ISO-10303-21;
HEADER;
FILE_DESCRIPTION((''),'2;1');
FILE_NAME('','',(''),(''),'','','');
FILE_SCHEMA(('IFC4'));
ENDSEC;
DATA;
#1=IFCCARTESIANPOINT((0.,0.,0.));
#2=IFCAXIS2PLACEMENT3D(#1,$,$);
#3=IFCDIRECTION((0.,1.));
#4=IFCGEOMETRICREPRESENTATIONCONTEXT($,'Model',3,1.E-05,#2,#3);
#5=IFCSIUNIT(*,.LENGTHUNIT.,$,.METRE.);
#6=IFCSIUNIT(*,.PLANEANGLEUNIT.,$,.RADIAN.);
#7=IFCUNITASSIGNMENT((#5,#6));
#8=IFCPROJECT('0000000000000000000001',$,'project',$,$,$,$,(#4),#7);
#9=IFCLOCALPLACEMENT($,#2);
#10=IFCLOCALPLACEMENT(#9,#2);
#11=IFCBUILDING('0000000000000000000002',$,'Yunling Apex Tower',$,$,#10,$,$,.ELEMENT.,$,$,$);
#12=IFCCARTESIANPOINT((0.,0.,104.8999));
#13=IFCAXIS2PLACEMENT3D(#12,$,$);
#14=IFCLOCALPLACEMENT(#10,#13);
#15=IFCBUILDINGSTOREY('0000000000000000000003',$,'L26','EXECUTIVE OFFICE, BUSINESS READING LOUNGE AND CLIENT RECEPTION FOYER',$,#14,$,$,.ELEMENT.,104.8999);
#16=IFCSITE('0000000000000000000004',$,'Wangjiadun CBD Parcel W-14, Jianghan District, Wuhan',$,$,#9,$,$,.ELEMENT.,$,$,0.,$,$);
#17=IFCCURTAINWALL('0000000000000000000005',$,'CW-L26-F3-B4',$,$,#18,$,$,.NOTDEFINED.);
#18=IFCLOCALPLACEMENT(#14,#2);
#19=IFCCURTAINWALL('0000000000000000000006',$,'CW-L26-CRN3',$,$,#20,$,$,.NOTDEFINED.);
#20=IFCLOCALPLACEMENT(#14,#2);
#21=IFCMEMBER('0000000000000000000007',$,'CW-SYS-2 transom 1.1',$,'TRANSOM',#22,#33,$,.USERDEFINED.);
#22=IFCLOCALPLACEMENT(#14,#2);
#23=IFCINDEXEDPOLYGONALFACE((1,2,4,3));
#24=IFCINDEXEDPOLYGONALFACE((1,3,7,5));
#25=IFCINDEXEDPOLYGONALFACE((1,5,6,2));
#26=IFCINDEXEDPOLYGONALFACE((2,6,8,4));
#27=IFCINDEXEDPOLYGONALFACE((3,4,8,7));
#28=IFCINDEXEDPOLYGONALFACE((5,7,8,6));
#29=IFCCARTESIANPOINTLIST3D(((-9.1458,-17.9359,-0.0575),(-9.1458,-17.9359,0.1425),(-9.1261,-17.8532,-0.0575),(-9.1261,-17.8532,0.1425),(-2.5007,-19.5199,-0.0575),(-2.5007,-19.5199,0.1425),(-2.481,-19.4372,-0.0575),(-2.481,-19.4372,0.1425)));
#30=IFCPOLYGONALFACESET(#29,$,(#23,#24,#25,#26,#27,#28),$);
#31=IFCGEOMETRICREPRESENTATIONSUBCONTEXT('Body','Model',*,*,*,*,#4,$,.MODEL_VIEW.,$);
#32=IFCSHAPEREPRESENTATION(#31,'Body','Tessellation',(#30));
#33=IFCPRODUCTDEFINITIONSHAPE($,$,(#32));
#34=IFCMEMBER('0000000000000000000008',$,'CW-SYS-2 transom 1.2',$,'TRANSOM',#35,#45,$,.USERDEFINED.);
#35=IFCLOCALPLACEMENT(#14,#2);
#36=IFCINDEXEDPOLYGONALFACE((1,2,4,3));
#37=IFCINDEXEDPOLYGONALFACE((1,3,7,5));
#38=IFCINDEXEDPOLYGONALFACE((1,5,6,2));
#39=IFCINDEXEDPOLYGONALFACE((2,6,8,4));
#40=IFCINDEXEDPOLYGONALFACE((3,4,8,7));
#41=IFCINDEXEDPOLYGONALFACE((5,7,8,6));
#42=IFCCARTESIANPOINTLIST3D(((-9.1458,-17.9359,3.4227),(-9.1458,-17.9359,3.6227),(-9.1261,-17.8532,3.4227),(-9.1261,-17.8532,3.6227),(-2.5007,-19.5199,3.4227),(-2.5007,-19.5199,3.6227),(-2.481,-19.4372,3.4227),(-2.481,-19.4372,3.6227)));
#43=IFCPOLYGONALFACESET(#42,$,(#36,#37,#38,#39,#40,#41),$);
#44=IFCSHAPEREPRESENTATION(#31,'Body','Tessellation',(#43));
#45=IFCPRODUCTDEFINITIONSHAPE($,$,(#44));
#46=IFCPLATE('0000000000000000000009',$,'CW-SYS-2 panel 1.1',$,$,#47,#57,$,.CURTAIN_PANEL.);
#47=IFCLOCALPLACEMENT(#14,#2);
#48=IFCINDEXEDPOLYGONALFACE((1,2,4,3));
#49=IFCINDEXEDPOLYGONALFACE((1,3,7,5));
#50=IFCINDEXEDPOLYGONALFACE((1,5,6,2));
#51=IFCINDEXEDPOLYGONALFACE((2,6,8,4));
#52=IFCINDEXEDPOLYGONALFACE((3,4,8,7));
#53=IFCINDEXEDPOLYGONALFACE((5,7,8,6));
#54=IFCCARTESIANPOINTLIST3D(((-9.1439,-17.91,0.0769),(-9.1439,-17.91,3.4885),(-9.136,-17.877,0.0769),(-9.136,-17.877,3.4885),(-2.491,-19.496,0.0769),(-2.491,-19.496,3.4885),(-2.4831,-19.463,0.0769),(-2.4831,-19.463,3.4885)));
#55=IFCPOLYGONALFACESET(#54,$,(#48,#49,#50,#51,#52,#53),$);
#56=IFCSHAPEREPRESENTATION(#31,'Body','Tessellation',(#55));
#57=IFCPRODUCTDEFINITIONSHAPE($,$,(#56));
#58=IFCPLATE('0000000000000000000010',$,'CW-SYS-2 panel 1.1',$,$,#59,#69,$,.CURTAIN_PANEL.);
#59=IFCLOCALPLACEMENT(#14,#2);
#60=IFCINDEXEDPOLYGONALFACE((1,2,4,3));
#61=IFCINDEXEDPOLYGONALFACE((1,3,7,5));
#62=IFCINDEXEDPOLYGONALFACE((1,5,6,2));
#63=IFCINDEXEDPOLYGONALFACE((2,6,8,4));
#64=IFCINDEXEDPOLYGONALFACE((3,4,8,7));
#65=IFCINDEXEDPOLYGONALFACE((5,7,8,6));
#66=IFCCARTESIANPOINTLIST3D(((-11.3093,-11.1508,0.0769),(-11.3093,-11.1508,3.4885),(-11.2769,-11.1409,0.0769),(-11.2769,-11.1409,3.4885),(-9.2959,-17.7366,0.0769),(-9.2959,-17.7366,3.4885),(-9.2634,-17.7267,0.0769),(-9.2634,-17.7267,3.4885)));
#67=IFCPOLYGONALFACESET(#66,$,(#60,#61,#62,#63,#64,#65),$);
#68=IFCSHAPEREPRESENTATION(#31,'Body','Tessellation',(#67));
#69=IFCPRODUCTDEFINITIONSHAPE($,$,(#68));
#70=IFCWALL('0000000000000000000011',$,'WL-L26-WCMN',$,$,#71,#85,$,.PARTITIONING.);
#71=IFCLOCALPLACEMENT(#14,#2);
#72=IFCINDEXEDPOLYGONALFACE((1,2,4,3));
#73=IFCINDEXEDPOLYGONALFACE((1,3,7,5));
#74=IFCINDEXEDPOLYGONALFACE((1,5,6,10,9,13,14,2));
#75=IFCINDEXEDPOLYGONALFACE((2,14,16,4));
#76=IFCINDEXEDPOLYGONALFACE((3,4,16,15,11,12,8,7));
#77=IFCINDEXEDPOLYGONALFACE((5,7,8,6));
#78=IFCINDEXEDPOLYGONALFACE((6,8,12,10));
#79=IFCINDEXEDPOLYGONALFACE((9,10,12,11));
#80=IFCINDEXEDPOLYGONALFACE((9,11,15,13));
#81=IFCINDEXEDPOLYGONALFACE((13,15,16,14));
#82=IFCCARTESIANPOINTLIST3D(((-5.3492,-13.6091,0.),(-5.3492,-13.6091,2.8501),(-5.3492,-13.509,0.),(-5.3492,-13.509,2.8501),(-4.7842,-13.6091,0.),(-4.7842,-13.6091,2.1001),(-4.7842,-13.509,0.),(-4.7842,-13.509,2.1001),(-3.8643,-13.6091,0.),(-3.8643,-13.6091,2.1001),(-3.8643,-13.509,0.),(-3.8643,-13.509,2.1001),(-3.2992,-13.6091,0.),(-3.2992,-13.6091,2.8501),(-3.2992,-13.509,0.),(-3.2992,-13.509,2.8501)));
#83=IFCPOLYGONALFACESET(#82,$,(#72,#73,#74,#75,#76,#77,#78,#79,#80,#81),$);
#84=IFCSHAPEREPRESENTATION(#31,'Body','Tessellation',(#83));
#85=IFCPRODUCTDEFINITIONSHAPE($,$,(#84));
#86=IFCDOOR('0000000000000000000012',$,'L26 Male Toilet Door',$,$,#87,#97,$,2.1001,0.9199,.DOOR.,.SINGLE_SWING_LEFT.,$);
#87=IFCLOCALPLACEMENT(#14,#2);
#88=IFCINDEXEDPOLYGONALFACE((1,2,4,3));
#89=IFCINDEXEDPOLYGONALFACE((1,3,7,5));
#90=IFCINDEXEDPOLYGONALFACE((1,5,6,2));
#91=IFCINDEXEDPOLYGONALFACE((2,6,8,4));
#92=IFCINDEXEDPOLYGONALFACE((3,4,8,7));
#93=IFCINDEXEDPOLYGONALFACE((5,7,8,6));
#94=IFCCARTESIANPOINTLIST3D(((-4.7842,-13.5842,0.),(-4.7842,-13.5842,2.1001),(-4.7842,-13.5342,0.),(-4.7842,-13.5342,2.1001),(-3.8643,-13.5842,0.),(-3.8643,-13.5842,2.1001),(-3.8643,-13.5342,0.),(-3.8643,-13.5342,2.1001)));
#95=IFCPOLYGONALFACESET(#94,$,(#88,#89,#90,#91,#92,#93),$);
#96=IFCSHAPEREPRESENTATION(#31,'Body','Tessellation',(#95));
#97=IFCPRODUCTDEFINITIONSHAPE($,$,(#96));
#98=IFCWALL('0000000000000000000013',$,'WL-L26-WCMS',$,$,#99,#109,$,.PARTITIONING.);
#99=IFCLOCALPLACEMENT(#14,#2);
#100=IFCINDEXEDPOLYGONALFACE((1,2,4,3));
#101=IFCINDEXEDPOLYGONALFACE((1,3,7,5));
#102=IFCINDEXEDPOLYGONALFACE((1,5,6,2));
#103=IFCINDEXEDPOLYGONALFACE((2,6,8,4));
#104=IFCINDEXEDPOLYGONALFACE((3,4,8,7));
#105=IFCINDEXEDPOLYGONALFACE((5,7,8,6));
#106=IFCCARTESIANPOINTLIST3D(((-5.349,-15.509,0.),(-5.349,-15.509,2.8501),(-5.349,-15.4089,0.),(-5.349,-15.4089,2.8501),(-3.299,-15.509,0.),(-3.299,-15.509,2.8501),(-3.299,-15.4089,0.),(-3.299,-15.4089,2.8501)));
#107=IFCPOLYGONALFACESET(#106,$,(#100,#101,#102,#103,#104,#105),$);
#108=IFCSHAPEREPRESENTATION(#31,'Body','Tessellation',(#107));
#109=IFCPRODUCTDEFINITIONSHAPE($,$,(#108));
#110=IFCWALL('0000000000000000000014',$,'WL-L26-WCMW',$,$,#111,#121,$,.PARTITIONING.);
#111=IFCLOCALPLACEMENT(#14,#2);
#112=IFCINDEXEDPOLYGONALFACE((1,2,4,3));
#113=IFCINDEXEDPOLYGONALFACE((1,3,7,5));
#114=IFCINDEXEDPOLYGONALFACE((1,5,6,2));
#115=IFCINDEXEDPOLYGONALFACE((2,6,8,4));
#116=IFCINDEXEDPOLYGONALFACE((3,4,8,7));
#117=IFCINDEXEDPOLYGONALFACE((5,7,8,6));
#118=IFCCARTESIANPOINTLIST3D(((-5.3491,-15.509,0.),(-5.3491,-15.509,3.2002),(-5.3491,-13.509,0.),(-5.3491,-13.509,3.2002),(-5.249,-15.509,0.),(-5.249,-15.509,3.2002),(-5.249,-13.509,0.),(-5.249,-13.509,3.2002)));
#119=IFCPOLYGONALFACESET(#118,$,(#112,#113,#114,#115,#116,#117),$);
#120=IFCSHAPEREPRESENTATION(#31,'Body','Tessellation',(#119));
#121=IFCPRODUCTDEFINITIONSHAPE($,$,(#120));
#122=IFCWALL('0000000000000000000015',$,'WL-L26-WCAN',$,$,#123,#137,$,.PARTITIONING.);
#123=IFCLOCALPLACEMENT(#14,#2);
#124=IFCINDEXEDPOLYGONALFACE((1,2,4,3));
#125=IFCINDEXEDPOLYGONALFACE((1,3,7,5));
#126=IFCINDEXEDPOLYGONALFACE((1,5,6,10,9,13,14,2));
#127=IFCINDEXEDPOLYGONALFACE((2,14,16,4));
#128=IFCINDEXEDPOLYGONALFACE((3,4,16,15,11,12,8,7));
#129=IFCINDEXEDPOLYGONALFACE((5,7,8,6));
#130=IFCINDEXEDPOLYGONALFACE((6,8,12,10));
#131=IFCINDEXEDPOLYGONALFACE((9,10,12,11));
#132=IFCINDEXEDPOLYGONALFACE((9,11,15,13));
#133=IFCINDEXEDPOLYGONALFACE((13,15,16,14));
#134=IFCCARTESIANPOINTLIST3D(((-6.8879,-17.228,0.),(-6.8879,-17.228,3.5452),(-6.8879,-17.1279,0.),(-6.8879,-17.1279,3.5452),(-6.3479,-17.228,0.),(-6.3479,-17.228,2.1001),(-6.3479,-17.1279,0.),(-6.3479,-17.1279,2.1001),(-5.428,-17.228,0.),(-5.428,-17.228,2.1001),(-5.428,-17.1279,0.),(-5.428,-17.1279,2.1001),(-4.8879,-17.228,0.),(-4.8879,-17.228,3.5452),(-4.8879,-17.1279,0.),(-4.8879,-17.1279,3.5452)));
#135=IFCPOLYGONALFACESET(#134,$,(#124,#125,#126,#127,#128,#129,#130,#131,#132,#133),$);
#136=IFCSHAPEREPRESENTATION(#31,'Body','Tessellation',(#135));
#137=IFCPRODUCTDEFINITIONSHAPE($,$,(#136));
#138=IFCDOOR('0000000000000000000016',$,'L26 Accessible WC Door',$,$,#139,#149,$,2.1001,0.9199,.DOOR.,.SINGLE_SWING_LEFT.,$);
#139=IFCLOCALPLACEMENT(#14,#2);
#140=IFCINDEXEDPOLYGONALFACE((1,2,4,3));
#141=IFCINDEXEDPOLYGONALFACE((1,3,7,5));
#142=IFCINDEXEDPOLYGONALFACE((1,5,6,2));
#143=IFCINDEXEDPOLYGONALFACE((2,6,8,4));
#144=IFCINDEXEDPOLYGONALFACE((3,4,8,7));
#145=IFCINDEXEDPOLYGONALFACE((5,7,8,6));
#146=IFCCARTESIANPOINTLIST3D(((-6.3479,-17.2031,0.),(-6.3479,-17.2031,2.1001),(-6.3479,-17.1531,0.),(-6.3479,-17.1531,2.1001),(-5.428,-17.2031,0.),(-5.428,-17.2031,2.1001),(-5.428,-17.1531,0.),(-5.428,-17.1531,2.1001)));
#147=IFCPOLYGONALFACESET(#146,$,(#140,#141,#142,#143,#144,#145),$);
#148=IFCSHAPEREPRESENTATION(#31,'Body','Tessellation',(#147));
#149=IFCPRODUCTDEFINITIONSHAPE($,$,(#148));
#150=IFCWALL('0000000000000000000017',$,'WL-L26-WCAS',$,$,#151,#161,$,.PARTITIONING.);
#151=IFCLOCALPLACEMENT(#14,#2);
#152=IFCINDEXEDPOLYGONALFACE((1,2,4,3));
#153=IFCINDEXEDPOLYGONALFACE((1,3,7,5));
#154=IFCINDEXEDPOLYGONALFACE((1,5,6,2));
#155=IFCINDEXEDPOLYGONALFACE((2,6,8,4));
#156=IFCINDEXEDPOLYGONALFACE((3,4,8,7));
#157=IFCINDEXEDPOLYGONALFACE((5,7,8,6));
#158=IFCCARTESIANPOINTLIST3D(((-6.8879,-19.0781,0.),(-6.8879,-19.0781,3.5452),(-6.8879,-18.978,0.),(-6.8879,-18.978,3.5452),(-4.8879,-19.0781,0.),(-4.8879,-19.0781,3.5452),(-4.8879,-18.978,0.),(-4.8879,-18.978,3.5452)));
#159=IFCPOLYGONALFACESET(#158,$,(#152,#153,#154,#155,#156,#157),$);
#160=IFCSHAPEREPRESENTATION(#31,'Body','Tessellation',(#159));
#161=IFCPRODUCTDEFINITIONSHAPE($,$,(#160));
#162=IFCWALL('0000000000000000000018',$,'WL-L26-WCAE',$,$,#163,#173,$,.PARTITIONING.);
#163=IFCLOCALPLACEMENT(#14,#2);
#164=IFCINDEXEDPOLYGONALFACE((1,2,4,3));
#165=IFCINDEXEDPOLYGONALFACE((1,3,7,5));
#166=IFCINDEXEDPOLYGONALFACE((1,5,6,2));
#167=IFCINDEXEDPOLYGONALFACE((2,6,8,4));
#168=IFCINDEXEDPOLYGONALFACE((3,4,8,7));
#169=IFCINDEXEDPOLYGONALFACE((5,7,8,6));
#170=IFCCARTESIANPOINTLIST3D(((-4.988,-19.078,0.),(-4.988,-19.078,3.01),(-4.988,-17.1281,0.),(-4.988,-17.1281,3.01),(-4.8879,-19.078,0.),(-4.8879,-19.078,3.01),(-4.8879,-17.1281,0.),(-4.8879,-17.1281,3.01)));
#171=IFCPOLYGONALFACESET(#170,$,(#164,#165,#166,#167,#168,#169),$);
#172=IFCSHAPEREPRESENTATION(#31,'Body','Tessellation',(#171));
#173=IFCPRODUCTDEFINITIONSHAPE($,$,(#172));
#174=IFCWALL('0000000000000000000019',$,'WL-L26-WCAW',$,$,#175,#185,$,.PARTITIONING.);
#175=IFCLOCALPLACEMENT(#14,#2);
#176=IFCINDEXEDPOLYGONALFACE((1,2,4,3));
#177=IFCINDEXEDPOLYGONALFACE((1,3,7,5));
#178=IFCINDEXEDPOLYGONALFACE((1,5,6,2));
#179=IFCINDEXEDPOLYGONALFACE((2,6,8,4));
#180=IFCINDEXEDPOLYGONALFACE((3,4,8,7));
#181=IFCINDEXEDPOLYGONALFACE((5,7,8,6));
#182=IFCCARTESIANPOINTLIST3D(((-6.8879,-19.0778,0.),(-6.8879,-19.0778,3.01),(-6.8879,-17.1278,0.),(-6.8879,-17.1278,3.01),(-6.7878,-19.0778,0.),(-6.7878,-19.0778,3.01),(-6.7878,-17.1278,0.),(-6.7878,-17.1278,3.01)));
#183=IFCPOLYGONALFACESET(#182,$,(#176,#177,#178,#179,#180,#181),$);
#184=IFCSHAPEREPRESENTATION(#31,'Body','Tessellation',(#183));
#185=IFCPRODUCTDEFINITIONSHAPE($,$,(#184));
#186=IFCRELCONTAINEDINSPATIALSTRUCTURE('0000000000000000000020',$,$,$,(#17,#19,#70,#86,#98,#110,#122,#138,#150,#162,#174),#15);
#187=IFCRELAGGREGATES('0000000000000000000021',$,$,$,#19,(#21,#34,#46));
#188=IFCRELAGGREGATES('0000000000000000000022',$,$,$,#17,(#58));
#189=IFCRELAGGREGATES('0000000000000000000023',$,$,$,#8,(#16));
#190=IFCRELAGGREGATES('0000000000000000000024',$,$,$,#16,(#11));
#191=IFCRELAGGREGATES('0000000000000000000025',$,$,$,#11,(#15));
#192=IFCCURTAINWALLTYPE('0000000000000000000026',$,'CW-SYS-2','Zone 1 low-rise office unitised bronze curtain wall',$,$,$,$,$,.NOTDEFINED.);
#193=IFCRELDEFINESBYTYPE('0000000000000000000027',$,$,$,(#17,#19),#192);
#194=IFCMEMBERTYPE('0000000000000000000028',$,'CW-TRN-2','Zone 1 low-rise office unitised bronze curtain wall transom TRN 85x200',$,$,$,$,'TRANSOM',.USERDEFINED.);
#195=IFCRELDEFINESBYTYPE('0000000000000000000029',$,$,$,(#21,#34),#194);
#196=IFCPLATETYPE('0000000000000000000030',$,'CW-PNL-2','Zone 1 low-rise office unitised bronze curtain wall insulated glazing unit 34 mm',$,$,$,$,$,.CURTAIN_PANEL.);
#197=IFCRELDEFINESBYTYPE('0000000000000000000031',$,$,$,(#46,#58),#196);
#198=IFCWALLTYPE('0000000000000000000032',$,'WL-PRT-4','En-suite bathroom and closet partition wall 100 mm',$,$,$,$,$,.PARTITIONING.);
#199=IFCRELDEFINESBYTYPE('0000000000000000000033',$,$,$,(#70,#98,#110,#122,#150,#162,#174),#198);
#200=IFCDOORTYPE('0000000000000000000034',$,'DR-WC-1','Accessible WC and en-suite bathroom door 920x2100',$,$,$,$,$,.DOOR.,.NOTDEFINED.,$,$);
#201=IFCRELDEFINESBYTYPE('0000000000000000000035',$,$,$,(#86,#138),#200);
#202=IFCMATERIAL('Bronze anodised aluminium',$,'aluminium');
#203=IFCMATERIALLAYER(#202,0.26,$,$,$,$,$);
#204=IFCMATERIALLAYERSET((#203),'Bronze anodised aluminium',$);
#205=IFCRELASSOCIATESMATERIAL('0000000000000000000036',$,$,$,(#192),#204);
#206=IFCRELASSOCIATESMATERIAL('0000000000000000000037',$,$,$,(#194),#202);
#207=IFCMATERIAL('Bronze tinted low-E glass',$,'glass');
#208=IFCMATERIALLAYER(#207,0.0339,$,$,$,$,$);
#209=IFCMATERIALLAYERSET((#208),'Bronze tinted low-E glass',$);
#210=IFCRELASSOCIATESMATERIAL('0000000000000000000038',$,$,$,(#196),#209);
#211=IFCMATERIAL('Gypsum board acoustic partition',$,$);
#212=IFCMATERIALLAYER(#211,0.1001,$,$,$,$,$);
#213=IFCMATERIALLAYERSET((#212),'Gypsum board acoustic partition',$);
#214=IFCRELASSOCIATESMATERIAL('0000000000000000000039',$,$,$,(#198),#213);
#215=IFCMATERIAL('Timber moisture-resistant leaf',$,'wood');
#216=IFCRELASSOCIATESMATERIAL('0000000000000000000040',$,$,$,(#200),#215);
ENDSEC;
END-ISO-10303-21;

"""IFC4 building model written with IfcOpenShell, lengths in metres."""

from ifc_helpers import new_model, si_unit, direction, frame, frame_2d, origin, origin_2d, place, context, subcontext, project, spatial, rectangle, extrude, source, transform, mapped, material, layer, layer_set, material_profile, profile_set, type_object, element, fill, aggregate, save


model = new_model("IFC4")

# Units and contexts
model_context = context("Model", 3, precision=1e-05, world=origin(), true_north=direction((0.0, 1.0)))
body_context = subcontext(model_context, "Body", "Model", "MODEL_VIEW")
ifc_project = project(units=[si_unit("LENGTHUNIT", "METRE"), si_unit("PLANEANGLEUNIT", "RADIAN")], contexts=[model_context])

# Site, building, storey
site_placement = place(None, origin())
site = spatial("IfcSite", under=ifc_project, at=site_placement, Name="Wangjiadun CBD Parcel W-14, Jianghan District, Wuhan", CompositionType="ELEMENT", RefElevation=0.0)
building_placement = place(site_placement, origin())
building = spatial("IfcBuilding", under=site, at=building_placement, Name="Yunling Apex Tower", CompositionType="ELEMENT")
storey_placement = place(building_placement, frame((0.0, 0.0, 104.8999)))
storey = spatial("IfcBuildingStorey", under=building, at=storey_placement, Name="L26", Description="EXECUTIVE OFFICE, BUSINESS READING LOUNGE AND CLIENT RECEPTION FOYER", CompositionType="ELEMENT", Elevation=104.8999)

# Curtain wall
ifc_material_1 = material(Name="Bronze anodised aluminium", Category="aluminium")
ifc_layer_1 = layer(ifc_material_1, 0.26)
ifc_layer_set_1 = layer_set([ifc_layer_1], Name="Bronze anodised aluminium")
curtain_wall_type = type_object("IfcCurtainWallType", Name="CW-SYS-2", Description="Zone 1 low-rise office unitised bronze curtain wall", PredefinedType="NOTDEFINED", material=ifc_layer_set_1)
curtain_wall_1_placement = place(storey_placement, origin())
curtain_wall_1 = element("IfcCurtainWall", 1, at=curtain_wall_1_placement, inside=storey, type_object=curtain_wall_type, Name="CW-L26-F3-B4", PredefinedType="NOTDEFINED")

# Curtain wall, members, plate
curtain_wall_2_placement = place(storey_placement, origin())
curtain_wall_2 = element("IfcCurtainWall", 2, at=curtain_wall_2_placement, inside=storey, type_object=curtain_wall_type, Name="CW-L26-CRN3", PredefinedType="NOTDEFINED")
ifc_material_profile_1 = material_profile(ifc_material_1, rectangle(XDim=0.085, YDim=0.2, at=origin_2d()))
ifc_profile_set_1 = profile_set([ifc_material_profile_1], Name="Bronze anodised aluminium")
member_type_1 = type_object("IfcMemberType", Name="CW-TRN-2", Description="Zone 1 low-rise office unitised bronze curtain wall transom TRN 85x200", ElementType="TRANSOM", PredefinedType="USERDEFINED", material=ifc_profile_set_1)
shared_shape_1 = source(origin(), body_context, "Body", "SweptSolid", [
    extrude(rectangle(XDim=0.085, YDim=0.2, at=origin_2d()), origin(), (0.0, 0.0, 1.0), 6.8313),
])
member_1_placement = place(storey_placement, frame((-9.136, -17.8945, 0.0425), z_axis=(0.972746, -0.231875, 0.0), x_axis=(0.231875, 0.972746, 0.0)))
member_1 = element("IfcMember", 3, at=member_1_placement, type_object=member_type_1, Name="CW-SYS-2 transom 1.1", ObjectType="TRANSOM", PredefinedType="USERDEFINED", context=body_context, shape_type="MappedRepresentation", body=[
    mapped(shared_shape_1, transform((0.0, 0.0, 0.0), scale=1.0)),
])
member_2_placement = place(storey_placement, frame((-9.136, -17.8945, 3.5227), z_axis=(0.972746, -0.231875, 0.0), x_axis=(0.231875, 0.972746, 0.0)))
member_2 = element("IfcMember", 4, at=member_2_placement, type_object=member_type_1, Name="CW-SYS-2 transom 1.2", ObjectType="TRANSOM", PredefinedType="USERDEFINED", context=body_context, shape_type="MappedRepresentation", body=[
    mapped(shared_shape_1, transform((0.0, 0.0, 0.0), scale=1.0)),
])
ifc_material_2 = material(Name="Bronze tinted low-E glass", Category="glass")
ifc_layer_2 = layer(ifc_material_2, 0.0339)
ifc_layer_set_2 = layer_set([ifc_layer_2], Name="Bronze tinted low-E glass")
plate_type = type_object("IfcPlateType", Name="CW-PNL-2", Description="Zone 1 low-rise office unitised bronze curtain wall insulated glazing unit 34 mm", PredefinedType="CURTAIN_PANEL", material=ifc_layer_set_2)
shared_shape_2 = source(origin(), body_context, "Body", "SweptSolid", [
    extrude(rectangle(XDim=6.8394, YDim=0.0339, at=origin_2d()), origin(), (0.0, 0.0, 1.0), 3.4116),
])
plate_1_placement = place(storey_placement, frame((-5.8135, -18.6865, 0.0769), z_axis=(0.0, 0.0, 1.0), x_axis=(0.972741, -0.231895, 0.0)))
plate_1 = element("IfcPlate", 5, at=plate_1_placement, type_object=plate_type, Name="CW-SYS-2 panel 1.1", PredefinedType="CURTAIN_PANEL", context=body_context, shape_type="MappedRepresentation", body=[
    mapped(shared_shape_2, transform((0.0, 0.0, 0.0), scale=1.0)),
])
aggregate(curtain_wall_2, [member_1, member_2, plate_1])

# Plate
shared_shape_3 = source(origin(), body_context, "Body", "SweptSolid", [
    extrude(rectangle(XDim=6.8867, YDim=0.0339, at=origin_2d()), origin(), (0.0, 0.0, 1.0), 3.4116),
])
plate_2_placement = place(storey_placement, frame((-10.2864, -14.4387, 0.0769), z_axis=(0.0, 0.0, 1.0), x_axis=(0.292373, -0.956304, 0.0)))
plate_2 = element("IfcPlate", 6, at=plate_2_placement, type_object=plate_type, Name="CW-SYS-2 panel 1.1", PredefinedType="CURTAIN_PANEL", context=body_context, shape_type="MappedRepresentation", body=[
    mapped(shared_shape_3, transform((0.0, 0.0, 0.0), scale=1.0)),
])
aggregate(curtain_wall_1, [plate_2])

# Wall, opening, door
ifc_material_3 = material(Name="Gypsum board acoustic partition")
ifc_layer_3 = layer(ifc_material_3, 0.1001)
ifc_layer_set_3 = layer_set([ifc_layer_3], Name="Gypsum board acoustic partition")
wall_type = type_object("IfcWallType", Name="WL-PRT-4", Description="En-suite bathroom and closet partition wall 100 mm", PredefinedType="PARTITIONING", material=ifc_layer_set_3)
wall_1_placement = place(storey_placement, frame((-5.3491, -13.5591, 0.0), z_axis=(0.0, 0.0, 1.0), x_axis=(1.0, 0.0, 0.0)))
wall_1 = element("IfcWall", 7, at=wall_1_placement, inside=storey, type_object=wall_type, Name="WL-L26-WCMN", PredefinedType="PARTITIONING", context=body_context, shape_type="SweptSolid", body=[
    extrude(rectangle(XDim=2.05, YDim=0.1001, at=frame_2d((1.0249, 0.0))), origin(), (0.0, 0.0, 1.0), 2.8501),
])
opening_1_placement = place(wall_1_placement, frame((0.5649, 0.0, 0.0)))
opening_1 = element("IfcOpeningElement", 8, at=opening_1_placement, cuts=wall_1, PredefinedType="OPENING", context=body_context, shape_type="SweptSolid", body=[
    extrude(rectangle(XDim=0.9199, YDim=2.1001, at=frame_2d((0.46, 1.05))), frame((0.0, 0.0601, 0.0), z_axis=(0.0, -1.0, 0.0), x_axis=(1.0, 0.0, 0.0)), (0.0, 0.0, 1.0), 0.1201),
])
ifc_material_4 = material(Name="Timber moisture-resistant leaf", Category="wood")
door_type = type_object("IfcDoorType", Name="DR-WC-1", Description="Accessible WC and en-suite bathroom door 920x2100", OperationType="NOTDEFINED", PredefinedType="DOOR", material=ifc_material_4)
door_1_placement = place(opening_1_placement, origin())
door_1 = element("IfcDoor", 9, at=door_1_placement, inside=storey, type_object=door_type, Name="L26 Male Toilet Door", OperationType="SINGLE_SWING_LEFT", OverallHeight=2.1001, OverallWidth=0.9199, PredefinedType="DOOR", context=body_context, shape_type="SweptSolid", body=[
    extrude(rectangle(XDim=0.9199, YDim=2.1001, at=frame_2d((0.46, 1.05))), frame((0.0, 0.0249, 0.0), z_axis=(0.0, -1.0, 0.0), x_axis=(1.0, 0.0, 0.0)), (0.0, 0.0, 1.0), 0.05),
])
fill(opening_1, door_1)

# Walls
wall_2_placement = place(storey_placement, frame((-3.2991, -15.459, 0.0), z_axis=(0.0, 0.0, 1.0), x_axis=(-1.0, 0.0, 0.0)))
element("IfcWall", 10, at=wall_2_placement, inside=storey, type_object=wall_type, Name="WL-L26-WCMS", PredefinedType="PARTITIONING", context=body_context, shape_type="SweptSolid", body=[
    extrude(rectangle(XDim=2.05, YDim=0.1001, at=frame_2d((1.0249, 0.0))), origin(), (0.0, 0.0, 1.0), 2.8501),
])
wall_3_placement = place(storey_placement, frame((-5.2991, -15.509, 0.0), z_axis=(0.0, 0.0, 1.0), x_axis=(0.0, 1.0, 0.0)))
element("IfcWall", 11, at=wall_3_placement, inside=storey, type_object=wall_type, Name="WL-L26-WCMW", PredefinedType="PARTITIONING", context=body_context, shape_type="SweptSolid", body=[
    extrude(rectangle(XDim=2.0, YDim=0.1001, at=frame_2d((1.0, 0.0))), origin(), (0.0, 0.0, 1.0), 3.2002),
])

# Wall, opening, door
wall_4_placement = place(storey_placement, frame((-6.8879, -17.178, 0.0), z_axis=(0.0, 0.0, 1.0), x_axis=(1.0, 0.0, 0.0)))
wall_4 = element("IfcWall", 12, at=wall_4_placement, inside=storey, type_object=wall_type, Name="WL-L26-WCAN", PredefinedType="PARTITIONING", context=body_context, shape_type="SweptSolid", body=[
    extrude(rectangle(XDim=2.0, YDim=0.1001, at=frame_2d((1.0, 0.0))), origin(), (0.0, 0.0, 1.0), 3.5452),
])
opening_2_placement = place(wall_4_placement, frame((0.54, 0.0, 0.0)))
opening_2 = element("IfcOpeningElement", 13, at=opening_2_placement, cuts=wall_4, PredefinedType="OPENING", context=body_context, shape_type="SweptSolid", body=[
    extrude(rectangle(XDim=0.9199, YDim=2.1001, at=frame_2d((0.46, 1.05))), frame((0.0, 0.0601, 0.0), z_axis=(0.0, -1.0, 0.0), x_axis=(1.0, 0.0, 0.0)), (0.0, 0.0, 1.0), 0.1201),
])
door_2_placement = place(opening_2_placement, origin())
door_2 = element("IfcDoor", 14, at=door_2_placement, inside=storey, type_object=door_type, Name="L26 Accessible WC Door", OperationType="SINGLE_SWING_LEFT", OverallHeight=2.1001, OverallWidth=0.9199, PredefinedType="DOOR", context=body_context, shape_type="SweptSolid", body=[
    extrude(rectangle(XDim=0.9199, YDim=2.1001, at=frame_2d((0.46, 1.05))), frame((0.0, 0.0249, 0.0), z_axis=(0.0, -1.0, 0.0), x_axis=(1.0, 0.0, 0.0)), (0.0, 0.0, 1.0), 0.05),
])
fill(opening_2, door_2)

# Walls
wall_5_placement = place(storey_placement, frame((-4.8879, -19.0281, 0.0), z_axis=(0.0, 0.0, 1.0), x_axis=(-1.0, 0.0, 0.0)))
element("IfcWall", 15, at=wall_5_placement, inside=storey, type_object=wall_type, Name="WL-L26-WCAS", PredefinedType="PARTITIONING", context=body_context, shape_type="SweptSolid", body=[
    extrude(rectangle(XDim=2.0, YDim=0.1001, at=frame_2d((1.0, 0.0))), origin(), (0.0, 0.0, 1.0), 3.5452),
])
for number, where, z_axis, x_axis, name in (
    (16, (-4.938, -17.1279, 0.0), (0.0, 0.0, 1.0), (0.0, -1.0, 0.0), "WL-L26-WCAE"),
    (17, (-6.8379, -19.0779, 0.0), (0.0, 0.0, 1.0), (0.0, 1.0, 0.0), "WL-L26-WCAW"),
):
    element("IfcWall", number, at=place(storey_placement, frame(where, z_axis=z_axis, x_axis=x_axis)), inside=storey, type_object=wall_type, Name=name, PredefinedType="PARTITIONING", context=body_context, shape_type="SweptSolid", body=[
        extrude(rectangle(XDim=1.95, YDim=0.1001, at=frame_2d((0.9751, 0.0))), origin(), (0.0, 0.0, 1.0), 3.01),
    ])

save(model, "model.ifc")
